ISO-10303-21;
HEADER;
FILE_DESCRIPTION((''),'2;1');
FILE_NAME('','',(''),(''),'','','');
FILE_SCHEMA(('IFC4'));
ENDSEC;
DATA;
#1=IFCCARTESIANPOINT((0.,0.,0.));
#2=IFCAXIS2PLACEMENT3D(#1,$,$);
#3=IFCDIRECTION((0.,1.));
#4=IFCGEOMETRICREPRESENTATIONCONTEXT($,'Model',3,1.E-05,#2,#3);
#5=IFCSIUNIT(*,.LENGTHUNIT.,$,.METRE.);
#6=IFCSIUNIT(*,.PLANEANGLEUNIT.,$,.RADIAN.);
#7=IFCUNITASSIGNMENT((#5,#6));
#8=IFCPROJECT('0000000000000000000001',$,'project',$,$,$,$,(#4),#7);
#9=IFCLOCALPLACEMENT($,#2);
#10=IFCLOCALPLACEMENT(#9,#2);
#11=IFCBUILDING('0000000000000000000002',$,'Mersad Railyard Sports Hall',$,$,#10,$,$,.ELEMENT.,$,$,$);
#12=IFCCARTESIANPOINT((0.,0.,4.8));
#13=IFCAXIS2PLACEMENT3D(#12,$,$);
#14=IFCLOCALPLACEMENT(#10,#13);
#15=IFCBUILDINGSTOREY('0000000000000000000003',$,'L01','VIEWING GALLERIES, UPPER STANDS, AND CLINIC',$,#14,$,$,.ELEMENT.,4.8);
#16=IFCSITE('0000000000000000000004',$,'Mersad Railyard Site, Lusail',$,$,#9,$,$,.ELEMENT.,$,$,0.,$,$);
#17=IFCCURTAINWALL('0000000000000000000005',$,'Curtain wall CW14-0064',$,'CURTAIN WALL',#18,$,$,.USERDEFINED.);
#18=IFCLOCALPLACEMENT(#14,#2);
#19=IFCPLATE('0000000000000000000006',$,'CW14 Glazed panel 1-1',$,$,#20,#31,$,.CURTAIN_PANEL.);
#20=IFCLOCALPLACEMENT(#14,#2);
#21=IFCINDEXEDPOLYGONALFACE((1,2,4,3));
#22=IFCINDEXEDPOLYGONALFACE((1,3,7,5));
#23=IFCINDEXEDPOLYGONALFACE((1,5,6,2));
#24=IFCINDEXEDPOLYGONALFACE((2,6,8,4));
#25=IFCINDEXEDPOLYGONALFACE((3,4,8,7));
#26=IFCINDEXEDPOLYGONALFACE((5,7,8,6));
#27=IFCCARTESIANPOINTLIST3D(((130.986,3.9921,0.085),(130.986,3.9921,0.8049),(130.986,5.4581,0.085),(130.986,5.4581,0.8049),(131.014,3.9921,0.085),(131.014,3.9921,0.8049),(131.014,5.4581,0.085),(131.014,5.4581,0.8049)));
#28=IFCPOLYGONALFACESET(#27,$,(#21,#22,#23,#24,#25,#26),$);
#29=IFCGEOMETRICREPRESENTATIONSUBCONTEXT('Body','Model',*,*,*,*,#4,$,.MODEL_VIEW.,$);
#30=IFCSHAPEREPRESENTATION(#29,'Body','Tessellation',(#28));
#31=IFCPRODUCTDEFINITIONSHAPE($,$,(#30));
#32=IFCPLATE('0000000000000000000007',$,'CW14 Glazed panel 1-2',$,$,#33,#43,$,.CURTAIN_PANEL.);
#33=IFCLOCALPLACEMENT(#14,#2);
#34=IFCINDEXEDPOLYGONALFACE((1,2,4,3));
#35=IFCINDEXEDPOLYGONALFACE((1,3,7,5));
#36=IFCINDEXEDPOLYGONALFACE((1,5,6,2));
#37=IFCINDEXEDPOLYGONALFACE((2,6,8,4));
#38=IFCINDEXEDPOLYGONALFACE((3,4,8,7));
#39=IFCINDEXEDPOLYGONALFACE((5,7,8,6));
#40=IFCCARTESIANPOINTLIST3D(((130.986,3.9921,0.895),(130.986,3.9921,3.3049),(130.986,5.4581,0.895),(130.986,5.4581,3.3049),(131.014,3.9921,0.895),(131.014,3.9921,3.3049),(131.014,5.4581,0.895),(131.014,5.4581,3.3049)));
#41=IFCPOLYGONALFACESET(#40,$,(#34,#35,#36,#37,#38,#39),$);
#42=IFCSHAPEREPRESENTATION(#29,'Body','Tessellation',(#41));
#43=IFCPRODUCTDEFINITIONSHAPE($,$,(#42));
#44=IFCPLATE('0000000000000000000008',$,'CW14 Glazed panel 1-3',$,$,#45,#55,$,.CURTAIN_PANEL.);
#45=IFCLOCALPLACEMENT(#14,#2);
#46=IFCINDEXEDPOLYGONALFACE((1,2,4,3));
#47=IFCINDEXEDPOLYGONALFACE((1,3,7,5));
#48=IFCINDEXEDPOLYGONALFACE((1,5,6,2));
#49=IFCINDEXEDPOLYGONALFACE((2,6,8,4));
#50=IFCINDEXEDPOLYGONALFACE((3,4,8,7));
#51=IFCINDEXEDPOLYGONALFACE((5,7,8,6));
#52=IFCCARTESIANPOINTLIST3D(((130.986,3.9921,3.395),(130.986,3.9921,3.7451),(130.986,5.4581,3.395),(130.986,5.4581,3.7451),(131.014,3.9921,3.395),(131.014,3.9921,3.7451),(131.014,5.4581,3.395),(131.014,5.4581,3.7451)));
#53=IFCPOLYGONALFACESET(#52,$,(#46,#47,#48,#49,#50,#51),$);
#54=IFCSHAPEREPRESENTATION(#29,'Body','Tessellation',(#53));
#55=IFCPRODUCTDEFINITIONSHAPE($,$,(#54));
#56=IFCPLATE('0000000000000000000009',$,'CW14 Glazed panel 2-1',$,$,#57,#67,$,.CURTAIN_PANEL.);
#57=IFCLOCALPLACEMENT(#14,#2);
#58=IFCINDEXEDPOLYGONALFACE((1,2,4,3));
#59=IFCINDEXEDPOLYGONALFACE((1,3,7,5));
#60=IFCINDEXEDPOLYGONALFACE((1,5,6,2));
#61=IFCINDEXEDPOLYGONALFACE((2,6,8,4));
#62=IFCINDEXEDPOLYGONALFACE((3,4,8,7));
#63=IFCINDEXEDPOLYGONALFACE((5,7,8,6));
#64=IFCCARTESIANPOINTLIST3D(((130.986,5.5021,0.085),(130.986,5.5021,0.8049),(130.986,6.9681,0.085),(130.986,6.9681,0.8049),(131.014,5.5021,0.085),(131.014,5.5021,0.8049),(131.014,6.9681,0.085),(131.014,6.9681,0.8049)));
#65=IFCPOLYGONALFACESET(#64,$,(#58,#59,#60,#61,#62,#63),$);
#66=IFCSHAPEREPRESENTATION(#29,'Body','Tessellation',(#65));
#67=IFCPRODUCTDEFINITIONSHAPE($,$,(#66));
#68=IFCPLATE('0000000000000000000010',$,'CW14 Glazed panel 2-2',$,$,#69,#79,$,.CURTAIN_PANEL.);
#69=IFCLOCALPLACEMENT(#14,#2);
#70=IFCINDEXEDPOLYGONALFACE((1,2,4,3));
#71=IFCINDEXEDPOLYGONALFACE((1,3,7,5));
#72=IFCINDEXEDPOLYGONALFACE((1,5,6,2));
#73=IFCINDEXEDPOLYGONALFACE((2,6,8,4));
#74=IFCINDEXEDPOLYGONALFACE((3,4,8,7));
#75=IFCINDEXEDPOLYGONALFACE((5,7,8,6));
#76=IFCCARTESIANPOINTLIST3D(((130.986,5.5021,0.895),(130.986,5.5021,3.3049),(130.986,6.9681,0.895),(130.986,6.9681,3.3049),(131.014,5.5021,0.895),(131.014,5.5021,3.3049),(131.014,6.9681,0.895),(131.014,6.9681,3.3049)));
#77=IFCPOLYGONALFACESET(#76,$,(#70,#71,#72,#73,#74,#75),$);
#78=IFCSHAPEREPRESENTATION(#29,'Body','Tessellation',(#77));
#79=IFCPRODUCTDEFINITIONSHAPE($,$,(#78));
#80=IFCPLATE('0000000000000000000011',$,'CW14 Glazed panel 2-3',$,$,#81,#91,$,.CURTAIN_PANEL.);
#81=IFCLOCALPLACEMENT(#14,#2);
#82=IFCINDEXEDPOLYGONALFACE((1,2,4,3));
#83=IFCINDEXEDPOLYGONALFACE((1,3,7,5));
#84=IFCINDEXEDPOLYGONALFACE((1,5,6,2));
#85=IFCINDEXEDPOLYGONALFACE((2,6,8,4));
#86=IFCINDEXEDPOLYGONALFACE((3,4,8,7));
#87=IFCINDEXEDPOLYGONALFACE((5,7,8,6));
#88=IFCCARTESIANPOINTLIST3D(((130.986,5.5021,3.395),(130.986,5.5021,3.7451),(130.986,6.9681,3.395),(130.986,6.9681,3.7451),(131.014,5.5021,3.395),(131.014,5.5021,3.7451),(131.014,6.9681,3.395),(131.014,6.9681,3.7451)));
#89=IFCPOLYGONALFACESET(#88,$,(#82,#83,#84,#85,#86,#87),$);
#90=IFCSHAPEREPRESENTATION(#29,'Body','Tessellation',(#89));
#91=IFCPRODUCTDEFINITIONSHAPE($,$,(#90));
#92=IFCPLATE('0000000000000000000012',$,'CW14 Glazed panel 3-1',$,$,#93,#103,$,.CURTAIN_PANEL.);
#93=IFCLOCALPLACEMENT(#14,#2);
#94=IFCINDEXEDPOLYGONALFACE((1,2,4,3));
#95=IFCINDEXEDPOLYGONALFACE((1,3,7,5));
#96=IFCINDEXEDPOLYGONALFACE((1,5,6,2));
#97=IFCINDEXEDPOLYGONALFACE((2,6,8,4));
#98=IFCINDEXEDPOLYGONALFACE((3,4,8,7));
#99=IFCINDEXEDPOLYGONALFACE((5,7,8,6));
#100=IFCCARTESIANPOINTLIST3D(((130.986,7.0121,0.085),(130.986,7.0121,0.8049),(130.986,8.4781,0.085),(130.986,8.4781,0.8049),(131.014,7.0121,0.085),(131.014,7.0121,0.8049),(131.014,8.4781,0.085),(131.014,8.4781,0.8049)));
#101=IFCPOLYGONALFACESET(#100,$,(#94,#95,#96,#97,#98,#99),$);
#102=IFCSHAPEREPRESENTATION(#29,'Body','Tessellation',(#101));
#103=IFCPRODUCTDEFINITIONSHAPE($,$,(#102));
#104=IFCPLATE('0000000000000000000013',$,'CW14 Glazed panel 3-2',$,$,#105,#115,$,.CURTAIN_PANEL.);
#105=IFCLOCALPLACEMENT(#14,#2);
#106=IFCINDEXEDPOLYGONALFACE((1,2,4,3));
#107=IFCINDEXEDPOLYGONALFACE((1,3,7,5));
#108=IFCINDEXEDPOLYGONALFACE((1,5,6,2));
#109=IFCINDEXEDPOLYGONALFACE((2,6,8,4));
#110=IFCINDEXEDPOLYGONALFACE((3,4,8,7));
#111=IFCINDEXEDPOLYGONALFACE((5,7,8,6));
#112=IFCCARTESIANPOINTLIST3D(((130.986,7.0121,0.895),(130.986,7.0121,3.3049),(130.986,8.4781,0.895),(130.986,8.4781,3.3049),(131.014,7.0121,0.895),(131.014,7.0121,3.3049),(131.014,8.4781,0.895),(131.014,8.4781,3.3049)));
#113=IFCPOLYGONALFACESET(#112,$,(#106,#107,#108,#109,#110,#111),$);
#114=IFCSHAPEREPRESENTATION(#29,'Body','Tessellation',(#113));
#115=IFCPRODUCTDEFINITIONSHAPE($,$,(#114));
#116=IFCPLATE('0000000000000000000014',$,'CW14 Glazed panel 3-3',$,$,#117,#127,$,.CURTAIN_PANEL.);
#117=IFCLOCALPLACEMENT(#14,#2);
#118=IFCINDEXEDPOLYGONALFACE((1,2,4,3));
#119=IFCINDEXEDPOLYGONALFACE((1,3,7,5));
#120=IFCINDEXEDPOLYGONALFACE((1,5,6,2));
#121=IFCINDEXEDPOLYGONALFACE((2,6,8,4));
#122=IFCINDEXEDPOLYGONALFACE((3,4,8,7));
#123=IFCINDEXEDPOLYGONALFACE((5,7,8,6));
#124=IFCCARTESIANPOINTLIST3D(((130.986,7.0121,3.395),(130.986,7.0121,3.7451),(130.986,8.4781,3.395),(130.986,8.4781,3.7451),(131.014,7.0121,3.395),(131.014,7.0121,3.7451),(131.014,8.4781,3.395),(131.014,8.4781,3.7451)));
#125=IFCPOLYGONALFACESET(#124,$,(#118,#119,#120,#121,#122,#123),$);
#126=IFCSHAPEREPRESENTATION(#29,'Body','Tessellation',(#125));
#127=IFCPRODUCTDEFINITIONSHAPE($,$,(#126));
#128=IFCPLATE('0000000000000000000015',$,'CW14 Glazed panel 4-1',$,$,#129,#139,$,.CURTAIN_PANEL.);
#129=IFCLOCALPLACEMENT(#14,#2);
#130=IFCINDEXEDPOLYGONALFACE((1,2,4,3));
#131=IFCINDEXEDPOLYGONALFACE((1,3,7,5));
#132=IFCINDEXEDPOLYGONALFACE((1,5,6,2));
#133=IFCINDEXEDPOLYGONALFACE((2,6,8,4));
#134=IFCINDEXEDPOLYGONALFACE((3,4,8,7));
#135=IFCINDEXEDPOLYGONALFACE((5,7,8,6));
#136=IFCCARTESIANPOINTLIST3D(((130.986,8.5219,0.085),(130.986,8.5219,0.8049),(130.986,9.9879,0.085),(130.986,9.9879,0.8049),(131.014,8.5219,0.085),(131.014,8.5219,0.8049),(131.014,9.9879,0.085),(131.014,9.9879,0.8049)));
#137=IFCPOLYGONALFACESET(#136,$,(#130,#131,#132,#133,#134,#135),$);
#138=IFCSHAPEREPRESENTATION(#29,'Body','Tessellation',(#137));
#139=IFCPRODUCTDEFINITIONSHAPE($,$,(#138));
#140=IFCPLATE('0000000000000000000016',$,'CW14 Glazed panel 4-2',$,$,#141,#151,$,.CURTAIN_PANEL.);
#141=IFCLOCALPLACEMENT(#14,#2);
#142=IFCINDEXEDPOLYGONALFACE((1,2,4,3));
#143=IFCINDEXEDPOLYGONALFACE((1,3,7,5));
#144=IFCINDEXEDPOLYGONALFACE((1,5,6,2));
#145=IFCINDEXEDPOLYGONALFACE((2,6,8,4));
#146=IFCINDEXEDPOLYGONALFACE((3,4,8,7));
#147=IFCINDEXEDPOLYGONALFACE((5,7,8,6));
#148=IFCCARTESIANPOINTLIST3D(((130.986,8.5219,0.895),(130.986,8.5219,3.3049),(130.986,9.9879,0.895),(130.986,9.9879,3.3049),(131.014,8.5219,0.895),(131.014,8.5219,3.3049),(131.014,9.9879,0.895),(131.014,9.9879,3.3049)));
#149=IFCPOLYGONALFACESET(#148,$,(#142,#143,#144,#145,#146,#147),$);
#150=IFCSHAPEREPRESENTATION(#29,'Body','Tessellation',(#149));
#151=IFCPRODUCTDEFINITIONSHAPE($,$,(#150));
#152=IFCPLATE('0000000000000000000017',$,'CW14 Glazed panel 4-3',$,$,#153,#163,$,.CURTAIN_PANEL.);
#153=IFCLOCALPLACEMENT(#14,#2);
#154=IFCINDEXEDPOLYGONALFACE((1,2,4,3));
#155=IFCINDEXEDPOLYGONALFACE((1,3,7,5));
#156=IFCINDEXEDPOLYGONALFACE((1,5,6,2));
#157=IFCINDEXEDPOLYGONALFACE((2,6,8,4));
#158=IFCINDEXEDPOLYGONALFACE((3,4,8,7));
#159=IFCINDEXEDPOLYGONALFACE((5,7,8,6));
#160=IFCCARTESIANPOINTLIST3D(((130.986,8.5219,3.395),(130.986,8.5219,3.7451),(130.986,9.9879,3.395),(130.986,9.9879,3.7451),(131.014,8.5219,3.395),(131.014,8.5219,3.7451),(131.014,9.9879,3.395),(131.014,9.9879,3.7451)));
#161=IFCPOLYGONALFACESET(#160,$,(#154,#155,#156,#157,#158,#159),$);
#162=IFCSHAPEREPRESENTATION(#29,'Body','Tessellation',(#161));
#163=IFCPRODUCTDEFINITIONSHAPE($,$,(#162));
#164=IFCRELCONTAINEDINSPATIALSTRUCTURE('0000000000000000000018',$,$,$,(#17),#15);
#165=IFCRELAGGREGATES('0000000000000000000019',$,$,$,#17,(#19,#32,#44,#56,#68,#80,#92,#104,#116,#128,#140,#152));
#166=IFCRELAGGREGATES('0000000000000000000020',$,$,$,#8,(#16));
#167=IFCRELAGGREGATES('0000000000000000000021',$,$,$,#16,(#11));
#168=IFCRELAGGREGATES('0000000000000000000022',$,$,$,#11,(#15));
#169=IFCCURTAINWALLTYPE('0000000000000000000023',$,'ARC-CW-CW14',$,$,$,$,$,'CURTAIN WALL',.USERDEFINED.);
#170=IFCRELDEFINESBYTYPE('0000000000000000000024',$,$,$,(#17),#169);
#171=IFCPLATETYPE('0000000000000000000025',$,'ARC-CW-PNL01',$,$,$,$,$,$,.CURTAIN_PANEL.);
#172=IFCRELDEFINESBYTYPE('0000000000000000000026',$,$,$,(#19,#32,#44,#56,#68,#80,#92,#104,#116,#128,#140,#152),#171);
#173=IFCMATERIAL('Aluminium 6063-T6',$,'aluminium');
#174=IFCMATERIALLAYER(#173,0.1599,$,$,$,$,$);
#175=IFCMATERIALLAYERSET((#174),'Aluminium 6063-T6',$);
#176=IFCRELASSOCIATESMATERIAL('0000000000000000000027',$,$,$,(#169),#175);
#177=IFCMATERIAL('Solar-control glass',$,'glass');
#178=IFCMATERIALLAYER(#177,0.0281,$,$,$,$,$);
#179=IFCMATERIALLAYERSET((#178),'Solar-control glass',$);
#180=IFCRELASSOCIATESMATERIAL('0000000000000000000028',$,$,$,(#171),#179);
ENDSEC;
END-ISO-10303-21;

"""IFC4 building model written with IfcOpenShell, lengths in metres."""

from ifc_helpers import new_model, si_unit, direction, frame, origin, origin_2d, place, context, subcontext, project, spatial, rectangle, extrude, material, layer, layer_set, type_object, element, aggregate, save


model = new_model("IFC4")

# Units and contexts
model_context = context("Model", 3, precision=1e-05, world=origin(), true_north=direction((0.0, 1.0)))
body_context = subcontext(model_context, "Body", "Model", "MODEL_VIEW")
ifc_project = project(units=[si_unit("LENGTHUNIT", "METRE"), si_unit("PLANEANGLEUNIT", "RADIAN")], contexts=[model_context])

# Site, building, storey
site_placement = place(None, origin())
site = spatial("IfcSite", under=ifc_project, at=site_placement, Name="Mersad Railyard Site, Lusail", CompositionType="ELEMENT", RefElevation=0.0)
building_placement = place(site_placement, origin())
building = spatial("IfcBuilding", under=site, at=building_placement, Name="Mersad Railyard Sports Hall", CompositionType="ELEMENT")
storey_placement = place(building_placement, frame((0.0, 0.0, 4.8)))
storey = spatial("IfcBuildingStorey", under=building, at=storey_placement, Name="L01", Description="VIEWING GALLERIES, UPPER STANDS, AND CLINIC", CompositionType="ELEMENT", Elevation=4.8)

# Curtain wall
ifc_material_1 = material(Name="Aluminium 6063-T6", Category="aluminium")
ifc_layer_1 = layer(ifc_material_1, 0.1599)
ifc_layer_set_1 = layer_set([ifc_layer_1], Name="Aluminium 6063-T6")
curtain_wall_type_1 = type_object("IfcCurtainWallType", Name="ARC-CW-CW14", ElementType="CURTAIN WALL", PredefinedType="USERDEFINED", material=ifc_layer_set_1)
curtain_wall_1_placement = place(storey_placement, origin())
curtain_wall_1 = element("IfcCurtainWall", 1, at=curtain_wall_1_placement, inside=storey, type_object=curtain_wall_type_1, Name="Curtain wall CW14-0064", ObjectType="CURTAIN WALL", PredefinedType="USERDEFINED")

# Plates
ifc_material_2 = material(Name="Solar-control glass", Category="glass")
ifc_layer_2 = layer(ifc_material_2, 0.0281)
ifc_layer_set_2 = layer_set([ifc_layer_2], Name="Solar-control glass")
plate_type = type_object("IfcPlateType", Name="ARC-CW-PNL01", PredefinedType="CURTAIN_PANEL", material=ifc_layer_set_2)
plate_1_placement = place(storey_placement, frame((131.0, 4.7251, 0.085), z_axis=(0.0, 0.0, 1.0), x_axis=(0.0, 1.0, 0.0)))
plate_1 = element("IfcPlate", 2, at=plate_1_placement, type_object=plate_type, Name="CW14 Glazed panel 1-1", PredefinedType="CURTAIN_PANEL", context=body_context, shape_type="SweptSolid", body=[
    extrude(rectangle(XDim=1.4661, YDim=0.0281, at=origin_2d()), origin(), (0.0, 0.0, 1.0), 0.72),
])
plate_2_placement = place(storey_placement, frame((131.0, 4.7251, 0.895), z_axis=(0.0, 0.0, 1.0), x_axis=(0.0, 1.0, 0.0)))
plate_2 = element("IfcPlate", 3, at=plate_2_placement, type_object=plate_type, Name="CW14 Glazed panel 1-2", PredefinedType="CURTAIN_PANEL", context=body_context, shape_type="SweptSolid", body=[
    extrude(rectangle(XDim=1.4661, YDim=0.0281, at=origin_2d()), origin(), (0.0, 0.0, 1.0), 2.4099),
])
plate_3_placement = place(storey_placement, frame((131.0, 4.7251, 3.395), z_axis=(0.0, 0.0, 1.0), x_axis=(0.0, 1.0, 0.0)))
plate_3 = element("IfcPlate", 4, at=plate_3_placement, type_object=plate_type, Name="CW14 Glazed panel 1-3", PredefinedType="CURTAIN_PANEL", context=body_context, shape_type="SweptSolid", body=[
    extrude(rectangle(XDim=1.4661, YDim=0.0281, at=origin_2d()), origin(), (0.0, 0.0, 1.0), 0.3501),
])
plate_4_placement = place(storey_placement, frame((131.0, 6.2351, 0.085), z_axis=(0.0, 0.0, 1.0), x_axis=(0.0, 1.0, 0.0)))
plate_4 = element("IfcPlate", 5, at=plate_4_placement, type_object=plate_type, Name="CW14 Glazed panel 2-1", PredefinedType="CURTAIN_PANEL", context=body_context, shape_type="SweptSolid", body=[
    extrude(rectangle(XDim=1.4661, YDim=0.0281, at=origin_2d()), origin(), (0.0, 0.0, 1.0), 0.72),
])
plate_5_placement = place(storey_placement, frame((131.0, 6.2351, 0.895), z_axis=(0.0, 0.0, 1.0), x_axis=(0.0, 1.0, 0.0)))
plate_5 = element("IfcPlate", 6, at=plate_5_placement, type_object=plate_type, Name="CW14 Glazed panel 2-2", PredefinedType="CURTAIN_PANEL", context=body_context, shape_type="SweptSolid", body=[
    extrude(rectangle(XDim=1.4661, YDim=0.0281, at=origin_2d()), origin(), (0.0, 0.0, 1.0), 2.4099),
])
plate_6_placement = place(storey_placement, frame((131.0, 6.2351, 3.395), z_axis=(0.0, 0.0, 1.0), x_axis=(0.0, 1.0, 0.0)))
plate_6 = element("IfcPlate", 7, at=plate_6_placement, type_object=plate_type, Name="CW14 Glazed panel 2-3", PredefinedType="CURTAIN_PANEL", context=body_context, shape_type="SweptSolid", body=[
    extrude(rectangle(XDim=1.4661, YDim=0.0281, at=origin_2d()), origin(), (0.0, 0.0, 1.0), 0.3501),
])
plate_7_placement = place(storey_placement, frame((131.0, 7.7451, 0.085), z_axis=(0.0, 0.0, 1.0), x_axis=(0.0, 1.0, 0.0)))
plate_7 = element("IfcPlate", 8, at=plate_7_placement, type_object=plate_type, Name="CW14 Glazed panel 3-1", PredefinedType="CURTAIN_PANEL", context=body_context, shape_type="SweptSolid", body=[
    extrude(rectangle(XDim=1.4661, YDim=0.0281, at=origin_2d()), origin(), (0.0, 0.0, 1.0), 0.72),
])
plate_8_placement = place(storey_placement, frame((131.0, 7.7451, 0.895), z_axis=(0.0, 0.0, 1.0), x_axis=(0.0, 1.0, 0.0)))
plate_8 = element("IfcPlate", 9, at=plate_8_placement, type_object=plate_type, Name="CW14 Glazed panel 3-2", PredefinedType="CURTAIN_PANEL", context=body_context, shape_type="SweptSolid", body=[
    extrude(rectangle(XDim=1.4661, YDim=0.0281, at=origin_2d()), origin(), (0.0, 0.0, 1.0), 2.4099),
])
plate_9_placement = place(storey_placement, frame((131.0, 7.7451, 3.395), z_axis=(0.0, 0.0, 1.0), x_axis=(0.0, 1.0, 0.0)))
plate_9 = element("IfcPlate", 10, at=plate_9_placement, type_object=plate_type, Name="CW14 Glazed panel 3-3", PredefinedType="CURTAIN_PANEL", context=body_context, shape_type="SweptSolid", body=[
    extrude(rectangle(XDim=1.4661, YDim=0.0281, at=origin_2d()), origin(), (0.0, 0.0, 1.0), 0.3501),
])
plate_10_placement = place(storey_placement, frame((131.0, 9.2549, 0.085), z_axis=(0.0, 0.0, 1.0), x_axis=(0.0, 1.0, 0.0)))
plate_10 = element("IfcPlate", 11, at=plate_10_placement, type_object=plate_type, Name="CW14 Glazed panel 4-1", PredefinedType="CURTAIN_PANEL", context=body_context, shape_type="SweptSolid", body=[
    extrude(rectangle(XDim=1.4661, YDim=0.0281, at=origin_2d()), origin(), (0.0, 0.0, 1.0), 0.72),
])
plate_11_placement = place(storey_placement, frame((131.0, 9.2549, 0.895), z_axis=(0.0, 0.0, 1.0), x_axis=(0.0, 1.0, 0.0)))
plate_11 = element("IfcPlate", 12, at=plate_11_placement, type_object=plate_type, Name="CW14 Glazed panel 4-2", PredefinedType="CURTAIN_PANEL", context=body_context, shape_type="SweptSolid", body=[
    extrude(rectangle(XDim=1.4661, YDim=0.0281, at=origin_2d()), origin(), (0.0, 0.0, 1.0), 2.4099),
])
plate_12_placement = place(storey_placement, frame((131.0, 9.2549, 3.395), z_axis=(0.0, 0.0, 1.0), x_axis=(0.0, 1.0, 0.0)))
plate_12 = element("IfcPlate", 13, at=plate_12_placement, type_object=plate_type, Name="CW14 Glazed panel 4-3", PredefinedType="CURTAIN_PANEL", context=body_context, shape_type="SweptSolid", body=[
    extrude(rectangle(XDim=1.4661, YDim=0.0281, at=origin_2d()), origin(), (0.0, 0.0, 1.0), 0.3501),
])
aggregate(curtain_wall_1, [plate_1, plate_2, plate_3, plate_4, plate_5, plate_6, plate_7, plate_8, plate_9, plate_10, plate_11, plate_12])

save(model, "model.ifc")
